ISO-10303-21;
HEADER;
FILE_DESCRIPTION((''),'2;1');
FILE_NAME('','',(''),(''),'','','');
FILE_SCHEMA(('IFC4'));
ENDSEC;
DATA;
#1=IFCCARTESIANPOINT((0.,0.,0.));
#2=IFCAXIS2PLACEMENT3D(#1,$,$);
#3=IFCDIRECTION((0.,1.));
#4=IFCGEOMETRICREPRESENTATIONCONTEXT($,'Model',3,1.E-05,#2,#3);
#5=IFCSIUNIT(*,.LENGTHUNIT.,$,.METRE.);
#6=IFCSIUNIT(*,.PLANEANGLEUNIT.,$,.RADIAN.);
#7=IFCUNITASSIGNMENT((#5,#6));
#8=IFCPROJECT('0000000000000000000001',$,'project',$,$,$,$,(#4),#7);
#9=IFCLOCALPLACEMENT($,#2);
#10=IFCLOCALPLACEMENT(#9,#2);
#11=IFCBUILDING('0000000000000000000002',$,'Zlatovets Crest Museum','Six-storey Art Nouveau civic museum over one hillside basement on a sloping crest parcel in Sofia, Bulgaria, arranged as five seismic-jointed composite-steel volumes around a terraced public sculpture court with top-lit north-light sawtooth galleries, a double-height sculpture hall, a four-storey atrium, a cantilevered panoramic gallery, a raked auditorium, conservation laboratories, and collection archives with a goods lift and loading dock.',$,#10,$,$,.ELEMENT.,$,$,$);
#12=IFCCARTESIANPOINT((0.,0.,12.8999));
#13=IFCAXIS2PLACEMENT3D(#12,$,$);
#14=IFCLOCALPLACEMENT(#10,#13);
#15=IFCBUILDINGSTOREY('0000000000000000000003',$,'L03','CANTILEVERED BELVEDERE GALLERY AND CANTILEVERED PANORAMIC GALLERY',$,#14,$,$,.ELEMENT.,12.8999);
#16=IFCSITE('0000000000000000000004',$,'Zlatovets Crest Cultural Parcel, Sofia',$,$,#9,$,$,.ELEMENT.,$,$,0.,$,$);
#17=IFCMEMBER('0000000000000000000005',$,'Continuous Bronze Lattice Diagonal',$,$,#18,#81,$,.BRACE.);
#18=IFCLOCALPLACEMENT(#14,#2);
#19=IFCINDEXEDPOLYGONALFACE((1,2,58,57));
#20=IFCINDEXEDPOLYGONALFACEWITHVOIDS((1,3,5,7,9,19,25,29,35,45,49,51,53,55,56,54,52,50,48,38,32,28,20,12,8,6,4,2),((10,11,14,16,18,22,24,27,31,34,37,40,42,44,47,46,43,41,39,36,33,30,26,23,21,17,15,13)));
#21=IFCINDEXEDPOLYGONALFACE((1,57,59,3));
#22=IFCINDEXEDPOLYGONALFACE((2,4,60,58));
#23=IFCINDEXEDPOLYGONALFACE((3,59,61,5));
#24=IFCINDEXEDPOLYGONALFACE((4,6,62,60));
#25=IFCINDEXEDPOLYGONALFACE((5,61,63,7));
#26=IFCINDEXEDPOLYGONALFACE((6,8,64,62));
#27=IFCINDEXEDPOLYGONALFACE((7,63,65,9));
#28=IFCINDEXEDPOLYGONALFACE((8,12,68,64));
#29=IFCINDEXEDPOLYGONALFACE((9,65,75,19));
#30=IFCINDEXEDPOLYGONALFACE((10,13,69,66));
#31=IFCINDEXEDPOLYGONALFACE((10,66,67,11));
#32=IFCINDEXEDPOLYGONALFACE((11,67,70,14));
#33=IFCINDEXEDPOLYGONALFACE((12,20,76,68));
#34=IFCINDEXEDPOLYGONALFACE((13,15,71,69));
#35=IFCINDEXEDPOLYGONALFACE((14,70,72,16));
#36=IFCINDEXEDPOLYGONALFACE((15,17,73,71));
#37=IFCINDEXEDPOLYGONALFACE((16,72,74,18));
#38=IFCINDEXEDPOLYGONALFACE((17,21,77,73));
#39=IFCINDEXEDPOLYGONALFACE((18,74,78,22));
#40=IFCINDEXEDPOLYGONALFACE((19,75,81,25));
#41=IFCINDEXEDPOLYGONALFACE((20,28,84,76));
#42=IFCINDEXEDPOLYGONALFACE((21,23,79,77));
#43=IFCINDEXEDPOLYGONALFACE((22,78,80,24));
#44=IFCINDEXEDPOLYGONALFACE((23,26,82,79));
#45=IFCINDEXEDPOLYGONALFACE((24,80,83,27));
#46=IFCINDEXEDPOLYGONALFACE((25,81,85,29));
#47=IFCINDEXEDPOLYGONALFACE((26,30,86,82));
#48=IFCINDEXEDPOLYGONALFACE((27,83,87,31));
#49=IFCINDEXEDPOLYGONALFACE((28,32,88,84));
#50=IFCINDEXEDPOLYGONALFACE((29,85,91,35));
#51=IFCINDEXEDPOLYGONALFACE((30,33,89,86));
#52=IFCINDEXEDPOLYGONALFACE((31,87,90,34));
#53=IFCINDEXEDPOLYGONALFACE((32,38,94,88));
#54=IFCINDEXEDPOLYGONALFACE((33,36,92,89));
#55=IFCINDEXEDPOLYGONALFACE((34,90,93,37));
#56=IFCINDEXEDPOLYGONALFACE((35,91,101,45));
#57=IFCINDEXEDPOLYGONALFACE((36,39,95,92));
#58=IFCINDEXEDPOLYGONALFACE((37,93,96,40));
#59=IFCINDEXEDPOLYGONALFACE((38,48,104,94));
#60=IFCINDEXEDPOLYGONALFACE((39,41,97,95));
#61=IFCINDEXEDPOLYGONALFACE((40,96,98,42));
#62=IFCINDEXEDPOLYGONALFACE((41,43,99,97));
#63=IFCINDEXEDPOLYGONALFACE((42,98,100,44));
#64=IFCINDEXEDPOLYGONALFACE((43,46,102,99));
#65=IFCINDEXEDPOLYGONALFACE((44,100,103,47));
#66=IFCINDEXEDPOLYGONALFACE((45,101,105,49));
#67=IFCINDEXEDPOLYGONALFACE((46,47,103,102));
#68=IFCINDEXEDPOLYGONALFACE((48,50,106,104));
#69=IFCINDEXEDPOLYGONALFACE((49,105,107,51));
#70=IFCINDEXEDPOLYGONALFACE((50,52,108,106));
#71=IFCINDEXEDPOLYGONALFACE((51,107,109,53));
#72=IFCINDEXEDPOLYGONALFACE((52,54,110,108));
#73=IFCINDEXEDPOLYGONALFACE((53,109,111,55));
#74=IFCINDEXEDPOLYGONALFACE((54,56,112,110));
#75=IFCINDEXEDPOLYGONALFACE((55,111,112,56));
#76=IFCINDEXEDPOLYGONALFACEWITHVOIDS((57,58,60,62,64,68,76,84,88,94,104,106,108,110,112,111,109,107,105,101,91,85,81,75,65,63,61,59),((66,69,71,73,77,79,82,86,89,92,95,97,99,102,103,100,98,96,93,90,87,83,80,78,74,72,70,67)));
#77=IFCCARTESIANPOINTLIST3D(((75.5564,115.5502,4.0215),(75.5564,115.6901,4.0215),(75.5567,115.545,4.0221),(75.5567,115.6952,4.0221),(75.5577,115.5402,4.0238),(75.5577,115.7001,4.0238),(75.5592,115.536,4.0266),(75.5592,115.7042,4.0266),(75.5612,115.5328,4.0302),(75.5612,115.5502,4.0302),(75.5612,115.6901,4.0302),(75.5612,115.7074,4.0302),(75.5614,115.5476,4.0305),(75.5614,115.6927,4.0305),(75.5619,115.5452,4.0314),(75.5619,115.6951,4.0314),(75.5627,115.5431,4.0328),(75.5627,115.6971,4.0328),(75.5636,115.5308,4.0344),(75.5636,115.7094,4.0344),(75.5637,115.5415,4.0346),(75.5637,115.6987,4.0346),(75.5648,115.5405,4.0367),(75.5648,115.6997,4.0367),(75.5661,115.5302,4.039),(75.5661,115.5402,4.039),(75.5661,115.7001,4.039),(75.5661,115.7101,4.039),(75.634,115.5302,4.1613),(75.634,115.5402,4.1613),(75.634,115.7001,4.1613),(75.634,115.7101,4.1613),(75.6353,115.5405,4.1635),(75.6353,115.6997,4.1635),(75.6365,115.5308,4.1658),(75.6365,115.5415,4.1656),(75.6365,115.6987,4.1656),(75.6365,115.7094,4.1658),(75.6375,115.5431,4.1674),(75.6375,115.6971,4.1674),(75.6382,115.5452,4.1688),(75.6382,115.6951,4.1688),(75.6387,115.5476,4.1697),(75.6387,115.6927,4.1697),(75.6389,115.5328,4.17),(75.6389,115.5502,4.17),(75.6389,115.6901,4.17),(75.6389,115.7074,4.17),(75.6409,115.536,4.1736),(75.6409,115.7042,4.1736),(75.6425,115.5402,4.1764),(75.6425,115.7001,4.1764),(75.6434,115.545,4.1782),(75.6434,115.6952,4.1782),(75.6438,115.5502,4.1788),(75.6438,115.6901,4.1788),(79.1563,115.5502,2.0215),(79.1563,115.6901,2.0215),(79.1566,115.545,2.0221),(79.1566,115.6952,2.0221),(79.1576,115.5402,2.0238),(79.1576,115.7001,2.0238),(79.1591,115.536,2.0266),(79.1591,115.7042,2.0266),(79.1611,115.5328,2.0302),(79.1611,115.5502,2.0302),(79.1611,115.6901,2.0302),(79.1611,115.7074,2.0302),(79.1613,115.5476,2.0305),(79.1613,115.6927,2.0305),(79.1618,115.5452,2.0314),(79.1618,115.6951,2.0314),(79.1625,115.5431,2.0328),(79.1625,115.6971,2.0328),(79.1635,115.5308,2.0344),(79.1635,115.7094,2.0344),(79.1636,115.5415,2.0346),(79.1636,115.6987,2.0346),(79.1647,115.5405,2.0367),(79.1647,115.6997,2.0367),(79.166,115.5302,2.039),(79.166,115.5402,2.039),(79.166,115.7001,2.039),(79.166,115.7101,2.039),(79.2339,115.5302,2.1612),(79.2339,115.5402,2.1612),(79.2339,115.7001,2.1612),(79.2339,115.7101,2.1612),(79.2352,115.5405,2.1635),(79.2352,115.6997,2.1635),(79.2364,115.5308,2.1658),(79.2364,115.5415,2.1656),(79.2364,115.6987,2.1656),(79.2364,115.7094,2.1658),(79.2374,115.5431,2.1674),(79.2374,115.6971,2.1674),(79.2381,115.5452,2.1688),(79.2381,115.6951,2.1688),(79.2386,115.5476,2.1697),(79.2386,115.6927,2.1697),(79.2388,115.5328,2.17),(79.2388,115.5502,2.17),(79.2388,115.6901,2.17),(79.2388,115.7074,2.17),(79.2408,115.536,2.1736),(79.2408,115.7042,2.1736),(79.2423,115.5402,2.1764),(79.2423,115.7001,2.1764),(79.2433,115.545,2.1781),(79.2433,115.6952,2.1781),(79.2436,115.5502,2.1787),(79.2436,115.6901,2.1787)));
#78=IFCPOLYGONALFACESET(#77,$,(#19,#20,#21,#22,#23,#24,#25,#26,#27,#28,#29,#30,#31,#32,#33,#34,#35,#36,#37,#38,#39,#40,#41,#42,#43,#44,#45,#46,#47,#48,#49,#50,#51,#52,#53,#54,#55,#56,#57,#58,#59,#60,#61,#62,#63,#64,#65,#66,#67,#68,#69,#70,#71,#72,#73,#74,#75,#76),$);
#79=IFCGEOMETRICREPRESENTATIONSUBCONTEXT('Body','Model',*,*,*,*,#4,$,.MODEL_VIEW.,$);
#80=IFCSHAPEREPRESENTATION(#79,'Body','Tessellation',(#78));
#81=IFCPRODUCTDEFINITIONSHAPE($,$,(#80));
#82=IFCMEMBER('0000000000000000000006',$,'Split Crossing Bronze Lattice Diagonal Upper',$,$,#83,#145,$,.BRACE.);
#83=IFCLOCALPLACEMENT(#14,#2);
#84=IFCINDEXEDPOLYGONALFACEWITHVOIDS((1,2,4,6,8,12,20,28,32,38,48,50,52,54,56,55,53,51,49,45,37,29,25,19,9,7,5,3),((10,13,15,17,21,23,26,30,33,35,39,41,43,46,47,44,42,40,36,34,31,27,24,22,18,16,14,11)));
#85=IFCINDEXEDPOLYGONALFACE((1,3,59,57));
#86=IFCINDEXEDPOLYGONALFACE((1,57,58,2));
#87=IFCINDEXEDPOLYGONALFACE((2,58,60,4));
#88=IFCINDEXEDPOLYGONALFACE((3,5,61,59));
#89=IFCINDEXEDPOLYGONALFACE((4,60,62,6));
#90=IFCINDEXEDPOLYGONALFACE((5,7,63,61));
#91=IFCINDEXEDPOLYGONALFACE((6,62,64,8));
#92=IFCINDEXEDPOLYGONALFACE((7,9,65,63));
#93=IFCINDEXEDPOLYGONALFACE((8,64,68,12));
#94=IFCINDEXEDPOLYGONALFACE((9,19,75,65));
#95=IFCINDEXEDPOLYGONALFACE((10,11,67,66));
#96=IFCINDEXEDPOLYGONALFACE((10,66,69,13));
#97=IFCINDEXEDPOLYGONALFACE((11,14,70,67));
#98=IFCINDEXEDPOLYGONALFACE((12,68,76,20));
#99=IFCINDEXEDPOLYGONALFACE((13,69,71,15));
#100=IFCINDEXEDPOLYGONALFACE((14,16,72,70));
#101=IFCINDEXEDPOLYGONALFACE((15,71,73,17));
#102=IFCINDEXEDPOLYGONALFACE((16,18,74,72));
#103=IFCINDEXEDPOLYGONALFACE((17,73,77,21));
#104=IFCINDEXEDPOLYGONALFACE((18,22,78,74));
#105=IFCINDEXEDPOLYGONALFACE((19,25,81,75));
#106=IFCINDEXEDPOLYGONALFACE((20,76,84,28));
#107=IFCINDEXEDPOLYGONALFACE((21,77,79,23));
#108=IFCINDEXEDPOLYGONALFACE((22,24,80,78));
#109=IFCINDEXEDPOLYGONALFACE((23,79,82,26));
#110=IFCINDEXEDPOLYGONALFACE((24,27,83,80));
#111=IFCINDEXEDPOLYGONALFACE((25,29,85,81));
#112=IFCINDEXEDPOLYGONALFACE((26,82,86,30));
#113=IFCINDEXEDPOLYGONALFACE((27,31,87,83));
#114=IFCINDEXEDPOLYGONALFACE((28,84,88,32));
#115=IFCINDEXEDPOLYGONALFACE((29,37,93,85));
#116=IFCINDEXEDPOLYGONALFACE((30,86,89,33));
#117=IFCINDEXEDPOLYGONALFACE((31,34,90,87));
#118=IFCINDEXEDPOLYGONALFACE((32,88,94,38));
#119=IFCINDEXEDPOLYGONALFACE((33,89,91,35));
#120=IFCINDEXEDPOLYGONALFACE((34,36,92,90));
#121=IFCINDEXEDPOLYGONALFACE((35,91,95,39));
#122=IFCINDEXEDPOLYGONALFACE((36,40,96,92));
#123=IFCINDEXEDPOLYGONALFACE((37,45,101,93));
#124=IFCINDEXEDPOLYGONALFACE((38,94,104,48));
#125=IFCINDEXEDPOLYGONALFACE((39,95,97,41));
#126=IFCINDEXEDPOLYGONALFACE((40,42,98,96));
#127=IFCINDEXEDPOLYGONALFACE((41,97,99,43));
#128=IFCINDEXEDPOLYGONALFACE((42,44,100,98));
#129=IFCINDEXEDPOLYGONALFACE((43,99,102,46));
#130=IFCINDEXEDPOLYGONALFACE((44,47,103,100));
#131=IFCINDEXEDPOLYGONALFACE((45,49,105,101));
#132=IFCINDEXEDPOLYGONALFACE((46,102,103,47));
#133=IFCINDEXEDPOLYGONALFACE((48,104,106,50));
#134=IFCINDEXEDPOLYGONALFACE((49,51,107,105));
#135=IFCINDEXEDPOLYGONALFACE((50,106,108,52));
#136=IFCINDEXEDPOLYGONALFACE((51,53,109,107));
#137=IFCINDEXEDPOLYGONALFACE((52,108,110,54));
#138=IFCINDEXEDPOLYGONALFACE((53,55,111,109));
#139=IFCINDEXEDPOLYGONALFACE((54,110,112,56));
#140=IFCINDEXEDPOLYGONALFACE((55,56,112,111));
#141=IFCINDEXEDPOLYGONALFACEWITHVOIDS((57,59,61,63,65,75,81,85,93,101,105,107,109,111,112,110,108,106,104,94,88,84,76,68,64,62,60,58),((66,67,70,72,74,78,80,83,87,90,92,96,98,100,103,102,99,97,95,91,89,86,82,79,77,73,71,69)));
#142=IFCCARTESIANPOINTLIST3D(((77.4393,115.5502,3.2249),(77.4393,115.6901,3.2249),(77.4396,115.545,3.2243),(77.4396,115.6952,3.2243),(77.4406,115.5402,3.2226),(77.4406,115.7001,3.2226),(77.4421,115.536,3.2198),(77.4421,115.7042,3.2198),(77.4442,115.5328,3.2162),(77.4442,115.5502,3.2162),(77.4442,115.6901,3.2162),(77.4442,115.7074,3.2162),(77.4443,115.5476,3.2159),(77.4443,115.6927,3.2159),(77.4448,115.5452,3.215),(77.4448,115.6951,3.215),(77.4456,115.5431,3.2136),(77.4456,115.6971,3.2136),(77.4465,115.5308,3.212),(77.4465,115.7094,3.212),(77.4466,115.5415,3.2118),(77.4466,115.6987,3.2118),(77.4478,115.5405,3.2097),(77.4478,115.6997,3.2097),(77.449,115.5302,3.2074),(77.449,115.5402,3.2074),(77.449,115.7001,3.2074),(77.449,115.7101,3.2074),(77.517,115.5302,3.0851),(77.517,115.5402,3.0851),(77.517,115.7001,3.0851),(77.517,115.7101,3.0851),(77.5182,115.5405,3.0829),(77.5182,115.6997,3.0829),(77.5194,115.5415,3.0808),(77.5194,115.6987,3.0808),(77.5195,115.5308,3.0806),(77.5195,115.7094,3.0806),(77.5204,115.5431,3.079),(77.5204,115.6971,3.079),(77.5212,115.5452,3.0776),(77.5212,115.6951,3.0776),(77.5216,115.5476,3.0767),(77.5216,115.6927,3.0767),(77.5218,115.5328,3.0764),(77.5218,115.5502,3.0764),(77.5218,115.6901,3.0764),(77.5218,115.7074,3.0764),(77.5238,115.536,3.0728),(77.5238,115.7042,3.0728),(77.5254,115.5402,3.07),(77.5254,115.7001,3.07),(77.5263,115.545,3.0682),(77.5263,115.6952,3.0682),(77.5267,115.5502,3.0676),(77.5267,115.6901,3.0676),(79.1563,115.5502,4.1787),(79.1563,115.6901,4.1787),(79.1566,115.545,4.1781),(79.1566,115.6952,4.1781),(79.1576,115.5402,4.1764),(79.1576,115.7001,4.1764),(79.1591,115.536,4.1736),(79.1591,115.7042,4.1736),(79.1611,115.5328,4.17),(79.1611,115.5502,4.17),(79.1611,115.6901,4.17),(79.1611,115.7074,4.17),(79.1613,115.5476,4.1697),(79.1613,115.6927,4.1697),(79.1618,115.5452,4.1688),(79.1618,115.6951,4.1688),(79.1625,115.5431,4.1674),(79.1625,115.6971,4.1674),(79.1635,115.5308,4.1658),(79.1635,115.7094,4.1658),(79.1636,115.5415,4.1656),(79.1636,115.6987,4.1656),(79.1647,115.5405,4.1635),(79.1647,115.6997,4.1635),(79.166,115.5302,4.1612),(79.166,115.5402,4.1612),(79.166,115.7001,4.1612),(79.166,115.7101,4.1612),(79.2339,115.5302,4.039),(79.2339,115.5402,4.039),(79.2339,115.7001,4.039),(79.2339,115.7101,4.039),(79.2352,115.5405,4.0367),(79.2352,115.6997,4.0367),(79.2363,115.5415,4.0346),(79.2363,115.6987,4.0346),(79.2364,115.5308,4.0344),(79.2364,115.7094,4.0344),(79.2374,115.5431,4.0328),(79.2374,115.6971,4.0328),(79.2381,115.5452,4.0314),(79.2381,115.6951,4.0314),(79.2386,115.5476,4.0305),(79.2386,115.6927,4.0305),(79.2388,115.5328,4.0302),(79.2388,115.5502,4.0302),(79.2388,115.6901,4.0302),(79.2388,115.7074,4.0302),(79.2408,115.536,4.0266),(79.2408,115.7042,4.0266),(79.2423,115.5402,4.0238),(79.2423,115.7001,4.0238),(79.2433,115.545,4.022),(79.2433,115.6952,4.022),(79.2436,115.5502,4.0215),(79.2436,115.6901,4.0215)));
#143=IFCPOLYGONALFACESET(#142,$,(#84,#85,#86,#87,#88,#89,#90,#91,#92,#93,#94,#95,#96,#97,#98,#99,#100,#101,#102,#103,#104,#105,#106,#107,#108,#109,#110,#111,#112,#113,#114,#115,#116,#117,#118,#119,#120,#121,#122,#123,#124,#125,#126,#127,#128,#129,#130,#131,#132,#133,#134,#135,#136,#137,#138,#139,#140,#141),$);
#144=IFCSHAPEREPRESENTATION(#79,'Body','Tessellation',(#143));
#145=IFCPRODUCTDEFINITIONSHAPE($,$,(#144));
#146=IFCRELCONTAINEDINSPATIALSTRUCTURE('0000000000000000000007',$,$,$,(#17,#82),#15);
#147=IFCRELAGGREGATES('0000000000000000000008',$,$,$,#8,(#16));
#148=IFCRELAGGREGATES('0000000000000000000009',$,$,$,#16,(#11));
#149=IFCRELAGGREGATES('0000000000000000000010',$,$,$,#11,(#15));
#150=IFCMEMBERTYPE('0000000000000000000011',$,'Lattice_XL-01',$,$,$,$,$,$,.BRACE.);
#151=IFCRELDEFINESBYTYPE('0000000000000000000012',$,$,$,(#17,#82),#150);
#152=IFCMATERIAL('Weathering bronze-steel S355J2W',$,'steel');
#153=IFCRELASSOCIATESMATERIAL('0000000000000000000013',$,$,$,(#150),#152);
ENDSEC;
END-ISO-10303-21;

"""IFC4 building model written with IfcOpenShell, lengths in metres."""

from ifc_helpers import new_model, si_unit, direction, frame, origin, origin_2d, place, context, subcontext, project, spatial, hollow_rectangle, extrude, material, material_profile, profile_set, type_object, element, save


model = new_model("IFC4")

# Units and contexts
model_context = context("Model", 3, precision=1e-05, world=origin(), true_north=direction((0.0, 1.0)))
body_context = subcontext(model_context, "Body", "Model", "MODEL_VIEW")
ifc_project = project(units=[si_unit("LENGTHUNIT", "METRE"), si_unit("PLANEANGLEUNIT", "RADIAN")], contexts=[model_context])

# Site, building, storey
site_placement = place(None, origin())
site = spatial("IfcSite", under=ifc_project, at=site_placement, Name="Zlatovets Crest Cultural Parcel, Sofia", CompositionType="ELEMENT", RefElevation=0.0)
building_placement = place(site_placement, origin())
building = spatial("IfcBuilding", under=site, at=building_placement, Name="Zlatovets Crest Museum", Description="Six-storey Art Nouveau civic museum over one hillside basement on a sloping crest parcel in Sofia, Bulgaria, arranged as five seismic-jointed composite-steel volumes around a terraced public sculpture court with top-lit north-light sawtooth galleries, a double-height sculpture hall, a four-storey atrium, a cantilevered panoramic gallery, a raked auditorium, conservation laboratories, and collection archives with a goods lift and loading dock.", CompositionType="ELEMENT")
storey_placement = place(building_placement, frame((0.0, 0.0, 12.8999)))
storey = spatial("IfcBuildingStorey", under=building, at=storey_placement, Name="L03", Description="CANTILEVERED BELVEDERE GALLERY AND CANTILEVERED PANORAMIC GALLERY", CompositionType="ELEMENT", Elevation=12.8999)

# Members
ifc_material_1 = material(Name="Weathering bronze-steel S355J2W", Category="steel")
ifc_material_profile_1 = material_profile(ifc_material_1, hollow_rectangle(XDim=0.1799, YDim=0.1799, WallThickness=0.01, InnerFilletRadius=0.01, OuterFilletRadius=0.02, at=origin_2d()), Name="SHS 180x180x10.0")
ifc_profile_set_1 = profile_set([ifc_material_profile_1], Name="Weathering bronze-steel S355J2W")
member_type_1 = type_object("IfcMemberType", Name="Lattice_XL-01", PredefinedType="BRACE", material=ifc_profile_set_1)
member_1_placement = place(storey_placement, frame((79.2, 115.6201, 2.1001), z_axis=(-0.874149, 0.0, 0.485658), x_axis=(0.0, -1.0, 0.0)))
element("IfcMember", 1, at=member_1_placement, inside=storey, type_object=member_type_1, Name="Continuous Bronze Lattice Diagonal", PredefinedType="BRACE", context=body_context, shape_type="SweptSolid", body=[
    extrude(hollow_rectangle(XDim=0.1799, YDim=0.1799, WallThickness=0.01, InnerFilletRadius=0.01, OuterFilletRadius=0.02, at=origin_2d()), origin(), (0.0, 0.0, 1.0), 4.1182),
])
member_2_placement = place(storey_placement, frame((79.2, 115.6201, 4.1001), z_axis=(-0.874169, 0.0, -0.485622), x_axis=(0.0, -1.0, 0.0)))
element("IfcMember", 2, at=member_2_placement, inside=storey, type_object=member_type_1, Name="Split Crossing Bronze Lattice Diagonal Upper", PredefinedType="BRACE", context=body_context, shape_type="SweptSolid", body=[
    extrude(hollow_rectangle(XDim=0.1799, YDim=0.1799, WallThickness=0.01, InnerFilletRadius=0.01, OuterFilletRadius=0.02, at=origin_2d()), origin(), (0.0, 0.0, 1.0), 1.9641),
])

save(model, "model.ifc")
